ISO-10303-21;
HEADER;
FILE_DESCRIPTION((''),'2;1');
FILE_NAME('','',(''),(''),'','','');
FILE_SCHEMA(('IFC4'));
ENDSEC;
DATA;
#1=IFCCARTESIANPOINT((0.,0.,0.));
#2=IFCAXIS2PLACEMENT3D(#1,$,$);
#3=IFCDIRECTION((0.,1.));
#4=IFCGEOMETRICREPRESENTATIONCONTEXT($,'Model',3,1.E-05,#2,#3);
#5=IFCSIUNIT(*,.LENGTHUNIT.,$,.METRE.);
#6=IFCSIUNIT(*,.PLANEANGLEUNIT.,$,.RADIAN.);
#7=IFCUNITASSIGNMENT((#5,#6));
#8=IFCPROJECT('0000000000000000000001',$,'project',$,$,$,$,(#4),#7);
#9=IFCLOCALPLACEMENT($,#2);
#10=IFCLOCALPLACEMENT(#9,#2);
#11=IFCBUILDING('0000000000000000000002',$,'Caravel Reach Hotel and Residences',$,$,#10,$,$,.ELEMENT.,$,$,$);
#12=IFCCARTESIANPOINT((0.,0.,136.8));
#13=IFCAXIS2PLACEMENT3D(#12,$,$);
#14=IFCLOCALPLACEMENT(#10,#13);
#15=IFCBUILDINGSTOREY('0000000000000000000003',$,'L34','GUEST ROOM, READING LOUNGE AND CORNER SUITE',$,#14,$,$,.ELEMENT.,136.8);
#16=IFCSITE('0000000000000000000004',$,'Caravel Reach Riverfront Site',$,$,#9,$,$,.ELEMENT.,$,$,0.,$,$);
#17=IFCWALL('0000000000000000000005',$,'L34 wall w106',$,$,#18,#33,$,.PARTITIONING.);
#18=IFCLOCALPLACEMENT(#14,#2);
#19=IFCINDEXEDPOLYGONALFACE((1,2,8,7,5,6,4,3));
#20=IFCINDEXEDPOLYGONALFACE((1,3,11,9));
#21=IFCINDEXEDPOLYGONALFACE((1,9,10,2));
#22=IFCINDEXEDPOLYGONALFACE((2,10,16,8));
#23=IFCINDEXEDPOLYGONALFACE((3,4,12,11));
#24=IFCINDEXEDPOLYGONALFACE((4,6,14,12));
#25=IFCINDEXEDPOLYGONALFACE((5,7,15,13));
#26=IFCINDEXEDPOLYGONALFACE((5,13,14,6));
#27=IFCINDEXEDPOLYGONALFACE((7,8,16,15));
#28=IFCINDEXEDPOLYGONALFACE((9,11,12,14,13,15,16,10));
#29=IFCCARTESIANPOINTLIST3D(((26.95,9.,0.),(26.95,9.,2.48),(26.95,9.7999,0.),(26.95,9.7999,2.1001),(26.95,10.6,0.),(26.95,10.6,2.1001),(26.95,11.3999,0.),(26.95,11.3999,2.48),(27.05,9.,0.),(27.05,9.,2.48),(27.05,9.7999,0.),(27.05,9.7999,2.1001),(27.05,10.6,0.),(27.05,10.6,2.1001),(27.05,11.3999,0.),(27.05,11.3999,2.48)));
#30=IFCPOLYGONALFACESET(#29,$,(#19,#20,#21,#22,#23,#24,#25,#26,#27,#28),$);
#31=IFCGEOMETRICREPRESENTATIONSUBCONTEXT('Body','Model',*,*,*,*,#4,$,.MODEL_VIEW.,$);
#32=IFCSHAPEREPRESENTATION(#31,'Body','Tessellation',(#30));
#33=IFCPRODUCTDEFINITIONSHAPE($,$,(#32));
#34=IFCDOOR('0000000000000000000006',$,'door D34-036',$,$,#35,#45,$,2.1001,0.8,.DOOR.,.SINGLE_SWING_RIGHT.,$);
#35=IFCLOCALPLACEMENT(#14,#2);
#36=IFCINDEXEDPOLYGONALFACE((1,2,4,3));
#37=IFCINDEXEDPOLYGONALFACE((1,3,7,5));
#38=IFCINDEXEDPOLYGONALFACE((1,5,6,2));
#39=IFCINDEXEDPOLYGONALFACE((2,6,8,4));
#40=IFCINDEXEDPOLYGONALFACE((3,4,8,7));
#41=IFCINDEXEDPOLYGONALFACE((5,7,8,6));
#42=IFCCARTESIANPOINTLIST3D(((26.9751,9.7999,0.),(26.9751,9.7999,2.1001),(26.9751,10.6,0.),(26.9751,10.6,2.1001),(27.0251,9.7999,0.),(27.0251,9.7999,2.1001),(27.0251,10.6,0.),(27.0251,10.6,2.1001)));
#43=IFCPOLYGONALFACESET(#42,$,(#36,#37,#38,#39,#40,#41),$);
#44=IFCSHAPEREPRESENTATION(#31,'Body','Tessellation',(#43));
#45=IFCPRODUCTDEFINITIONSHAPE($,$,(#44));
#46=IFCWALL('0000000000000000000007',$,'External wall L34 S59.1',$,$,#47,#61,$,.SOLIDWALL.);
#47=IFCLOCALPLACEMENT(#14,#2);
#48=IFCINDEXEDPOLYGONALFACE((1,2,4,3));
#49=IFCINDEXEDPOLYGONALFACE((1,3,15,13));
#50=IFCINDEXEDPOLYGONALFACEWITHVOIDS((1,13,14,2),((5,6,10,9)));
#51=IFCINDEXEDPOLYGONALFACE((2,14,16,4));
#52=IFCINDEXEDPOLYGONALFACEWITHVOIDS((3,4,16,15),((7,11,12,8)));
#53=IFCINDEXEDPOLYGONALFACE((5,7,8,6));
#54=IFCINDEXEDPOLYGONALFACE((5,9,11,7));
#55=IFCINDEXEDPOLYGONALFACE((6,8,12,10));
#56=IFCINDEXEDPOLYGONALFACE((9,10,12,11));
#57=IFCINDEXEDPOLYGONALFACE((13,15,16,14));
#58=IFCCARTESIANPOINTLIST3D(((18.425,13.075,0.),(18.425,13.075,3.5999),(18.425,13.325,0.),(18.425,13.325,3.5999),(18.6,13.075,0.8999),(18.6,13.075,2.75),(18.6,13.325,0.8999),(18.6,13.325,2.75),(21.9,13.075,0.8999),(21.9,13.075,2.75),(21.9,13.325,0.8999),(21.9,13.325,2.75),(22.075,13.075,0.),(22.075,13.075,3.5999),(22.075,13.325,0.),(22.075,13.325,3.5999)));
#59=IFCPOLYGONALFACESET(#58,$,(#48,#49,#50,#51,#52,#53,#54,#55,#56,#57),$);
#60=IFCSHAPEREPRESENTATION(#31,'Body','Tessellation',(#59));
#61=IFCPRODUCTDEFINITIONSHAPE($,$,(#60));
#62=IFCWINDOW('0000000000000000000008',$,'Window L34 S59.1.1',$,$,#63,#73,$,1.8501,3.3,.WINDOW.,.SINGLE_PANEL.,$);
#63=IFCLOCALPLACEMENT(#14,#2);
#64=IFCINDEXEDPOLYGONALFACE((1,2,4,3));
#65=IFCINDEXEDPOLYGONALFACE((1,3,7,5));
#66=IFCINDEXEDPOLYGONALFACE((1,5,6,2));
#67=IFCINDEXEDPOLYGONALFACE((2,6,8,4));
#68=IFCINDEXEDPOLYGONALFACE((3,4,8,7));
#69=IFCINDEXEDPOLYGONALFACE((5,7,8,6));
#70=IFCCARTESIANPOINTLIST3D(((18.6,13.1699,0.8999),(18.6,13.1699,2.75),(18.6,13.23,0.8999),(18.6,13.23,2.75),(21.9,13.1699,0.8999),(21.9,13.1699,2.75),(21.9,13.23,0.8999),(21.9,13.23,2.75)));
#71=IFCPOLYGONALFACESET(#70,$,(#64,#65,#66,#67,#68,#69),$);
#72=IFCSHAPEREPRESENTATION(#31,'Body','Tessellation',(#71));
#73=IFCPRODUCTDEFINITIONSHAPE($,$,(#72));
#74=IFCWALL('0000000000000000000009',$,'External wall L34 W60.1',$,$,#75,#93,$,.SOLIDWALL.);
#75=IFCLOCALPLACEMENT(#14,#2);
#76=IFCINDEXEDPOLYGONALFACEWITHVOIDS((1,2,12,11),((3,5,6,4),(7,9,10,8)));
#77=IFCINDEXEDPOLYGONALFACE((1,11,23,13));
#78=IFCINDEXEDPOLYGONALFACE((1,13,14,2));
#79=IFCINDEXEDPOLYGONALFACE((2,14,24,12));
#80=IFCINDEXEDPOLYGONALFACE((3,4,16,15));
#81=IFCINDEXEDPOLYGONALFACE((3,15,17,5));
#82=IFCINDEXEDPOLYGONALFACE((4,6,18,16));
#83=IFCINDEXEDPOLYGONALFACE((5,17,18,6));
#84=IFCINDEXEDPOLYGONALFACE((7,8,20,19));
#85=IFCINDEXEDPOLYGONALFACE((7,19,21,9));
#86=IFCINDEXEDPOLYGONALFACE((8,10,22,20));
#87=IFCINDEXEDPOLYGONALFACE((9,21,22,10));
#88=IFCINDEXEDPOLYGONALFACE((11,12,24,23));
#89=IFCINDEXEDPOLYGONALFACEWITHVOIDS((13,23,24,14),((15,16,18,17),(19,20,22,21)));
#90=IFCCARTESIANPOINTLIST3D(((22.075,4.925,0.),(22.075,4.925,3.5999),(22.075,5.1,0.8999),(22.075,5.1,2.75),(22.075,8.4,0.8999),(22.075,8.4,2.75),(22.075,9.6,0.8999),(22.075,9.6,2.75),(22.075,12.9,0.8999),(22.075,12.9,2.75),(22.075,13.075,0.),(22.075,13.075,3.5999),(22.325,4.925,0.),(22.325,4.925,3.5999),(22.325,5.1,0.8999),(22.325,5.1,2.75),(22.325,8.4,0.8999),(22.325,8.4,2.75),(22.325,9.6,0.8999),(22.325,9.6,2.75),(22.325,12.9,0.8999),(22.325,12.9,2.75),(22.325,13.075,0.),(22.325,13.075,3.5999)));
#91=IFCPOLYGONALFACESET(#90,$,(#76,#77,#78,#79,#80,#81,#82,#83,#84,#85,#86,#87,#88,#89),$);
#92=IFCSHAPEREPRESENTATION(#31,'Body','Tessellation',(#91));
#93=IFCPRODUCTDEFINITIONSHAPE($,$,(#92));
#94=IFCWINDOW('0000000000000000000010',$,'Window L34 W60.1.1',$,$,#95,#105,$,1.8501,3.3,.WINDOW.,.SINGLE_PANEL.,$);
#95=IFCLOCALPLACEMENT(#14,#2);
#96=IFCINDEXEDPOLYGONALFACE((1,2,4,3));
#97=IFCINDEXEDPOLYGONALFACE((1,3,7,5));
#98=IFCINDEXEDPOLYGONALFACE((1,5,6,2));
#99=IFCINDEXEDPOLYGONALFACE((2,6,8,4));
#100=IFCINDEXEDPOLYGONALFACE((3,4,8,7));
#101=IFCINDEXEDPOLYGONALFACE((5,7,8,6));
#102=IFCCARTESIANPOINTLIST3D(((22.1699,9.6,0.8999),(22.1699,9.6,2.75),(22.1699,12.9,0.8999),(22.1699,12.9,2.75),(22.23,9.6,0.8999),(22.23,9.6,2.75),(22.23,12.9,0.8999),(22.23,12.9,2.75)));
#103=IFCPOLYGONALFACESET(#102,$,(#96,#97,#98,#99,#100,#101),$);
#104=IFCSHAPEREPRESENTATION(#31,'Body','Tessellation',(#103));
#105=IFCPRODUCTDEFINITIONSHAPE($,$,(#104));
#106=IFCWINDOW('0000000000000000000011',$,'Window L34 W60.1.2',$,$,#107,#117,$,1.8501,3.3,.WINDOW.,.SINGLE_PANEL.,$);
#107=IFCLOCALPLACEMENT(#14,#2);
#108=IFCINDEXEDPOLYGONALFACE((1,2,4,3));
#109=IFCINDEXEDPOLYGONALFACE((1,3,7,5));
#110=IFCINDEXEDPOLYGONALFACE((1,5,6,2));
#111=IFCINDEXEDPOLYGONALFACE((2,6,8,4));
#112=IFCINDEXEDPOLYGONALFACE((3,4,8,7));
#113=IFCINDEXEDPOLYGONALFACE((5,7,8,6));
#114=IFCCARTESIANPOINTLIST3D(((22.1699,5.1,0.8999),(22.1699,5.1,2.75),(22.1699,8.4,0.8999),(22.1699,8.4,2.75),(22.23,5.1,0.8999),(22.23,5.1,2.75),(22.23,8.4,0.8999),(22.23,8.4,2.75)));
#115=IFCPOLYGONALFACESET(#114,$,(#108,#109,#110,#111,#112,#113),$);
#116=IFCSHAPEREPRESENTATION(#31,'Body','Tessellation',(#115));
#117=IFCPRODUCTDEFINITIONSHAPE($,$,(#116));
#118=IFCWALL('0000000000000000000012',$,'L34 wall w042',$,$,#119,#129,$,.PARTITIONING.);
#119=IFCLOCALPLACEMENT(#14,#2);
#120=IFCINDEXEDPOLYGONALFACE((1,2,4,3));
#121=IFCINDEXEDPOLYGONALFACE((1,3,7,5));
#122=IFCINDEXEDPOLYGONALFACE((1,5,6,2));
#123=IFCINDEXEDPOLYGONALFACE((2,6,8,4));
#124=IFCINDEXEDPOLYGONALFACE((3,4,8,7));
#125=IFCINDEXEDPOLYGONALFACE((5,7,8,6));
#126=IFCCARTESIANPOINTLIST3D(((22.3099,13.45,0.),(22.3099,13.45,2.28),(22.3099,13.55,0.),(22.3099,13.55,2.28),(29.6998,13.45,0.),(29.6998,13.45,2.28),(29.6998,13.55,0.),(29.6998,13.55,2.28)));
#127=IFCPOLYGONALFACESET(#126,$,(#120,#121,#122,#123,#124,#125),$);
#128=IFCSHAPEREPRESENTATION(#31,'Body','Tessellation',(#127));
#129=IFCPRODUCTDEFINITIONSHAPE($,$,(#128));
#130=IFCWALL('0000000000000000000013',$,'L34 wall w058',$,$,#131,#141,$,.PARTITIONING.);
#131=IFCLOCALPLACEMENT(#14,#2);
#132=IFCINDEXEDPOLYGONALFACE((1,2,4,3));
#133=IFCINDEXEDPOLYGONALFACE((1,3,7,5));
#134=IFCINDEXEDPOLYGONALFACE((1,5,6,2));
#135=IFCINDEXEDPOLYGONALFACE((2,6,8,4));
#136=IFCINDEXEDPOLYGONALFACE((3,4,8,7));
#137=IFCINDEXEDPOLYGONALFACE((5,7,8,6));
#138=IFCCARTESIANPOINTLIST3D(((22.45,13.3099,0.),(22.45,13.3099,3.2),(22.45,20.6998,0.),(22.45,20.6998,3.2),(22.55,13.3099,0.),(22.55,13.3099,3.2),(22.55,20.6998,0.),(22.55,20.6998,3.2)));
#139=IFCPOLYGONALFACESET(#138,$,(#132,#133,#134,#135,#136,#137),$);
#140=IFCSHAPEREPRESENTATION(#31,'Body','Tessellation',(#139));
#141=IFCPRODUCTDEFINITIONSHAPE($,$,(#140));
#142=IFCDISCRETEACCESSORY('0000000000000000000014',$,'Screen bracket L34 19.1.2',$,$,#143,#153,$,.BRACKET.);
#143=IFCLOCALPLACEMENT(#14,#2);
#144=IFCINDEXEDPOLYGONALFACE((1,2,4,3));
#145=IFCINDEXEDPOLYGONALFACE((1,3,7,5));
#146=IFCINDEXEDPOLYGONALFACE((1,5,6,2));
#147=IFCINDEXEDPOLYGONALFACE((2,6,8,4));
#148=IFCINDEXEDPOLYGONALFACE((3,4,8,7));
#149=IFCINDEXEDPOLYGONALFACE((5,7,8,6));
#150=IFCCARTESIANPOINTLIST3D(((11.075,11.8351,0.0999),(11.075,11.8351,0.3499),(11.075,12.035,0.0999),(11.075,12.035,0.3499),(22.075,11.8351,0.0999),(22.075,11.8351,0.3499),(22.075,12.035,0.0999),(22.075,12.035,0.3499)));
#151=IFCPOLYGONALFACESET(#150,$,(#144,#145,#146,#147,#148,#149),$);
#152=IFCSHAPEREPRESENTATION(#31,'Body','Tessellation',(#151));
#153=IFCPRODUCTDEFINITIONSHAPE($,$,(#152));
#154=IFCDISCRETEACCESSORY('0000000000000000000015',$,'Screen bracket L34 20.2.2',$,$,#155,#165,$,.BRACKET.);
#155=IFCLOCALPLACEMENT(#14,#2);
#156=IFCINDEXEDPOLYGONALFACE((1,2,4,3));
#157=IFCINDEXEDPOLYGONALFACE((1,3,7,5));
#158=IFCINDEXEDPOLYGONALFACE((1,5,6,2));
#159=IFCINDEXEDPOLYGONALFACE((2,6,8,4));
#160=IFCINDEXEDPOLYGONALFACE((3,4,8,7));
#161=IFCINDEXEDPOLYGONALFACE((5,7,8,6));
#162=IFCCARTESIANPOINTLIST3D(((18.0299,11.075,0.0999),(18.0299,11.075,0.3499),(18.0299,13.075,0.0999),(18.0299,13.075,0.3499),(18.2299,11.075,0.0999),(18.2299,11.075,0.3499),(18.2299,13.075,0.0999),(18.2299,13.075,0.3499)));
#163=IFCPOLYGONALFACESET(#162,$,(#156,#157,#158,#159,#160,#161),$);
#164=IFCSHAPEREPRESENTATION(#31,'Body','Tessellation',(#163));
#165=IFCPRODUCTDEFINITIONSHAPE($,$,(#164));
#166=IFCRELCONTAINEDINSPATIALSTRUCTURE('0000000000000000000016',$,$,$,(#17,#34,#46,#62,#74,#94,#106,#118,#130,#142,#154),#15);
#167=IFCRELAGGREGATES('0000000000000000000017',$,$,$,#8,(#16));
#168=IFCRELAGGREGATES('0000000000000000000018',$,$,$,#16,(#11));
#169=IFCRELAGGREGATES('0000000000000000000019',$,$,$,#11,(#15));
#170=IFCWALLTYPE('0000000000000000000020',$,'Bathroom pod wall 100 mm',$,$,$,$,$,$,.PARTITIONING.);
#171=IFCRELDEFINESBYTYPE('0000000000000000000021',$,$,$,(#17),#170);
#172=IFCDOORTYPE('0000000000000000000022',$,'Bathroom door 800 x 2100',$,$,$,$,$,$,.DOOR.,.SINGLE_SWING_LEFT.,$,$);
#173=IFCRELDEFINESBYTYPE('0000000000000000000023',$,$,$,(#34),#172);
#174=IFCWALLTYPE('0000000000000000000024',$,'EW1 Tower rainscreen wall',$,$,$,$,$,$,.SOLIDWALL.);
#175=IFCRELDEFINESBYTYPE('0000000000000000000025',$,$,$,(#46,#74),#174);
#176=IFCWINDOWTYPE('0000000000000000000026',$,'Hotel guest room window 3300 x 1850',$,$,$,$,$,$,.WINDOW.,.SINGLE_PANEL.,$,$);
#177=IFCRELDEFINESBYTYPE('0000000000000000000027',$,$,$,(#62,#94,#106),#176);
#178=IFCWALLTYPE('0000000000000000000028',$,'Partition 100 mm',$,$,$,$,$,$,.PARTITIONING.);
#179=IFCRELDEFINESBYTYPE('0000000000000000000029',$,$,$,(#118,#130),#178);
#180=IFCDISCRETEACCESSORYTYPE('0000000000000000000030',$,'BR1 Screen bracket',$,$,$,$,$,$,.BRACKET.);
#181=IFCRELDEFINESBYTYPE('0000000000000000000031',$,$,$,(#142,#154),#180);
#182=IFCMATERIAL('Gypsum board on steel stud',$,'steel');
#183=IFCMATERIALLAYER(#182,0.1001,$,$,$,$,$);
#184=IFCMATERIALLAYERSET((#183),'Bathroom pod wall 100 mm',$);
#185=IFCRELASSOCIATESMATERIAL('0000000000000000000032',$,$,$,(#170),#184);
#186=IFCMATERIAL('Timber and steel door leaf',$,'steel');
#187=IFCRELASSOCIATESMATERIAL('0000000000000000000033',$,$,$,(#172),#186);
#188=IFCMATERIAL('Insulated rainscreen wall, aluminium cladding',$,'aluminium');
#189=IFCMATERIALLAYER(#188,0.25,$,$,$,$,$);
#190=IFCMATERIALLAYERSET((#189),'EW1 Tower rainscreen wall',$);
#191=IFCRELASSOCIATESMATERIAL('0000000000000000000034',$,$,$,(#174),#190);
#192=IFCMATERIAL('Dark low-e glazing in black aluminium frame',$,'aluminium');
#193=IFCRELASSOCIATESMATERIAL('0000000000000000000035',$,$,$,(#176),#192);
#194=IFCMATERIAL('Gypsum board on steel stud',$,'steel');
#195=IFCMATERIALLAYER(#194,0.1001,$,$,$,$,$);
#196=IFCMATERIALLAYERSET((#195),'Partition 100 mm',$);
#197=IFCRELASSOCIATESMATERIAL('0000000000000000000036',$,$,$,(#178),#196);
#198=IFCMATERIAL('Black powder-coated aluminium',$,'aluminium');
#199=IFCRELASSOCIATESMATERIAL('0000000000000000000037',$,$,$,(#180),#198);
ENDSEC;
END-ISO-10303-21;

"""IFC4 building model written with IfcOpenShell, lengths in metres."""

from ifc_helpers import new_model, si_unit, direction, frame, frame_2d, origin, origin_2d, place, context, subcontext, project, spatial, rectangle, extrude, material, layer, layer_set, type_object, element, fill, save


model = new_model("IFC4")

# Units and contexts
model_context = context("Model", 3, precision=1e-05, world=origin(), true_north=direction((0.0, 1.0)))
body_context = subcontext(model_context, "Body", "Model", "MODEL_VIEW")
ifc_project = project(units=[si_unit("LENGTHUNIT", "METRE"), si_unit("PLANEANGLEUNIT", "RADIAN")], contexts=[model_context])

# Site, building, storey
site_placement = place(None, origin())
site = spatial("IfcSite", under=ifc_project, at=site_placement, Name="Caravel Reach Riverfront Site", CompositionType="ELEMENT", RefElevation=0.0)
building_placement = place(site_placement, origin())
building = spatial("IfcBuilding", under=site, at=building_placement, Name="Caravel Reach Hotel and Residences", CompositionType="ELEMENT")
storey_placement = place(building_placement, frame((0.0, 0.0, 136.8)))
storey = spatial("IfcBuildingStorey", under=building, at=storey_placement, Name="L34", Description="GUEST ROOM, READING LOUNGE AND CORNER SUITE", CompositionType="ELEMENT", Elevation=136.8)

# Shared definitions
ifc_material_1 = material(Name="Gypsum board on steel stud", Category="steel")
ifc_layer_1 = layer(ifc_material_1, 0.1001)
ifc_layer_set_1 = layer_set([ifc_layer_1], Name="Bathroom pod wall 100 mm")
wall_type_1 = type_object("IfcWallType", Name="Bathroom pod wall 100 mm", PredefinedType="PARTITIONING", material=ifc_layer_set_1)

# Wall, opening, door
wall_1_placement = place(storey_placement, frame((27.0, 9.0, 0.0), z_axis=(0.0, 0.0, 1.0), x_axis=(0.0, 1.0, 0.0)))
wall_1 = element("IfcWall", 1, at=wall_1_placement, inside=storey, type_object=wall_type_1, Name="L34 wall w106", PredefinedType="PARTITIONING", context=body_context, shape_type="SweptSolid", body=[
    extrude(rectangle(XDim=2.3999, YDim=0.1001, at=frame_2d((1.2, 0.0))), origin(), (0.0, 0.0, 1.0), 2.48),
])
opening_1_placement = place(wall_1_placement, frame((0.8, 0.0, 0.0)))
opening_1 = element("IfcOpeningElement", 2, at=opening_1_placement, cuts=wall_1, PredefinedType="OPENING", context=body_context, shape_type="SweptSolid", body=[
    extrude(rectangle(XDim=0.8, YDim=2.1001, at=frame_2d((0.3999, 1.05))), frame((0.0, 0.0601, 0.0), z_axis=(0.0, -1.0, 0.0), x_axis=(1.0, 0.0, 0.0)), (0.0, 0.0, 1.0), 0.1201),
])
ifc_material_2 = material(Name="Timber and steel door leaf", Category="steel")
door_type = type_object("IfcDoorType", Name="Bathroom door 800 x 2100", OperationType="SINGLE_SWING_LEFT", PredefinedType="DOOR", material=ifc_material_2)
door_placement = place(opening_1_placement, origin())
door = element("IfcDoor", 3, at=door_placement, inside=storey, type_object=door_type, Name="door D34-036", OperationType="SINGLE_SWING_RIGHT", OverallHeight=2.1001, OverallWidth=0.8, PredefinedType="DOOR", context=body_context, shape_type="SweptSolid", body=[
    extrude(rectangle(XDim=0.8, YDim=2.1001, at=frame_2d((0.3999, 1.05))), frame((0.0, 0.0249, 0.0), z_axis=(0.0, -1.0, 0.0), x_axis=(1.0, 0.0, 0.0)), (0.0, 0.0, 1.0), 0.05),
])
fill(opening_1, door)

# Wall, opening, window
ifc_material_3 = material(Name="Insulated rainscreen wall, aluminium cladding", Category="aluminium")
ifc_layer_2 = layer(ifc_material_3, 0.25)
ifc_layer_set_2 = layer_set([ifc_layer_2], Name="EW1 Tower rainscreen wall")
wall_type_2 = type_object("IfcWallType", Name="EW1 Tower rainscreen wall", PredefinedType="SOLIDWALL", material=ifc_layer_set_2)
wall_2_placement = place(storey_placement, frame((18.425, 13.2, 0.0), z_axis=(0.0, 0.0, 1.0), x_axis=(1.0, 0.0, 0.0)))
wall_2 = element("IfcWall", 4, at=wall_2_placement, inside=storey, type_object=wall_type_2, Name="External wall L34 S59.1", PredefinedType="SOLIDWALL", context=body_context, shape_type="SweptSolid", body=[
    extrude(rectangle(XDim=3.6499, YDim=0.25, at=frame_2d((1.825, 0.0))), origin(), (0.0, 0.0, 1.0), 3.5999),
])
opening_2_placement = place(wall_2_placement, frame((0.175, 0.0, 0.8999)))
opening_2 = element("IfcOpeningElement", 5, at=opening_2_placement, cuts=wall_2, PredefinedType="OPENING", context=body_context, shape_type="SweptSolid", body=[
    extrude(rectangle(XDim=3.3, YDim=1.8501, at=frame_2d((1.6499, 0.925))), frame((0.0, 0.135, 0.0), z_axis=(0.0, -1.0, 0.0), x_axis=(1.0, 0.0, 0.0)), (0.0, 0.0, 1.0), 0.27),
])
ifc_material_4 = material(Name="Dark low-e glazing in black aluminium frame", Category="aluminium")
window_type = type_object("IfcWindowType", Name="Hotel guest room window 3300 x 1850", PartitioningType="SINGLE_PANEL", PredefinedType="WINDOW", material=ifc_material_4)
window_1_placement = place(opening_2_placement, origin())
window_1 = element("IfcWindow", 6, at=window_1_placement, inside=storey, type_object=window_type, Name="Window L34 S59.1.1", OverallHeight=1.8501, OverallWidth=3.3, PartitioningType="SINGLE_PANEL", PredefinedType="WINDOW", context=body_context, shape_type="SweptSolid", body=[
    extrude(rectangle(XDim=3.3, YDim=1.8501, at=frame_2d((1.6499, 0.925))), frame((0.0, 0.03, 0.0), z_axis=(0.0, -1.0, 0.0), x_axis=(1.0, 0.0, 0.0)), (0.0, 0.0, 1.0), 0.0601),
])
fill(opening_2, window_1)

# Wall, openings, windows
wall_3_placement = place(storey_placement, frame((22.2, 13.075, 0.0), z_axis=(0.0, 0.0, 1.0), x_axis=(0.0, -1.0, 0.0)))
wall_3 = element("IfcWall", 7, at=wall_3_placement, inside=storey, type_object=wall_type_2, Name="External wall L34 W60.1", PredefinedType="SOLIDWALL", context=body_context, shape_type="SweptSolid", body=[
    extrude(rectangle(XDim=8.1499, YDim=0.25, at=frame_2d((4.075, 0.0))), origin(), (0.0, 0.0, 1.0), 3.5999),
])
opening_3_placement = place(wall_3_placement, frame((0.175, 0.0, 0.8999)))
opening_3 = element("IfcOpeningElement", 8, at=opening_3_placement, cuts=wall_3, PredefinedType="OPENING", context=body_context, shape_type="SweptSolid", body=[
    extrude(rectangle(XDim=3.3, YDim=1.8501, at=frame_2d((1.6499, 0.925))), frame((0.0, 0.135, 0.0), z_axis=(0.0, -1.0, 0.0), x_axis=(1.0, 0.0, 0.0)), (0.0, 0.0, 1.0), 0.27),
])
opening_4_placement = place(wall_3_placement, frame((4.675, 0.0, 0.8999)))
opening_4 = element("IfcOpeningElement", 9, at=opening_4_placement, cuts=wall_3, PredefinedType="OPENING", context=body_context, shape_type="SweptSolid", body=[
    extrude(rectangle(XDim=3.3, YDim=1.8501, at=frame_2d((1.6499, 0.925))), frame((0.0, 0.135, 0.0), z_axis=(0.0, -1.0, 0.0), x_axis=(1.0, 0.0, 0.0)), (0.0, 0.0, 1.0), 0.27),
])
window_2_placement = place(opening_3_placement, origin())
window_2 = element("IfcWindow", 10, at=window_2_placement, inside=storey, type_object=window_type, Name="Window L34 W60.1.1", OverallHeight=1.8501, OverallWidth=3.3, PartitioningType="SINGLE_PANEL", PredefinedType="WINDOW", context=body_context, shape_type="SweptSolid", body=[
    extrude(rectangle(XDim=3.3, YDim=1.8501, at=frame_2d((1.6499, 0.925))), frame((0.0, 0.03, 0.0), z_axis=(0.0, -1.0, 0.0), x_axis=(1.0, 0.0, 0.0)), (0.0, 0.0, 1.0), 0.0601),
])
fill(opening_3, window_2)
window_3_placement = place(opening_4_placement, origin())
window_3 = element("IfcWindow", 11, at=window_3_placement, inside=storey, type_object=window_type, Name="Window L34 W60.1.2", OverallHeight=1.8501, OverallWidth=3.3, PartitioningType="SINGLE_PANEL", PredefinedType="WINDOW", context=body_context, shape_type="SweptSolid", body=[
    extrude(rectangle(XDim=3.3, YDim=1.8501, at=frame_2d((1.6499, 0.925))), frame((0.0, 0.03, 0.0), z_axis=(0.0, -1.0, 0.0), x_axis=(1.0, 0.0, 0.0)), (0.0, 0.0, 1.0), 0.0601),
])
fill(opening_4, window_3)

# Walls
ifc_material_5 = material(Name="Gypsum board on steel stud", Category="steel")
ifc_layer_3 = layer(ifc_material_5, 0.1001)
ifc_layer_set_3 = layer_set([ifc_layer_3], Name="Partition 100 mm")
wall_type_3 = type_object("IfcWallType", Name="Partition 100 mm", PredefinedType="PARTITIONING", material=ifc_layer_set_3)
wall_4_placement = place(storey_placement, frame((22.3101, 13.5, 0.0), z_axis=(0.0, 0.0, 1.0), x_axis=(1.0, 0.0, 0.0)))
element("IfcWall", 12, at=wall_4_placement, inside=storey, type_object=wall_type_3, Name="L34 wall w042", PredefinedType="PARTITIONING", context=body_context, shape_type="SweptSolid", body=[
    extrude(rectangle(XDim=7.3899, YDim=0.1001, at=frame_2d((3.6948, 0.0))), origin(), (0.0, 0.0, 1.0), 2.28),
])
wall_5_placement = place(storey_placement, frame((22.5, 13.3101, 0.0), z_axis=(0.0, 0.0, 1.0), x_axis=(0.0, 1.0, 0.0)))
element("IfcWall", 13, at=wall_5_placement, inside=storey, type_object=wall_type_3, Name="L34 wall w058", PredefinedType="PARTITIONING", context=body_context, shape_type="SweptSolid", body=[
    extrude(rectangle(XDim=7.3899, YDim=0.1001, at=frame_2d((3.6948, 0.0))), origin(), (0.0, 0.0, 1.0), 3.2),
])

# Discrete accessories
ifc_material_6 = material(Name="Black powder-coated aluminium", Category="aluminium")
discrete_accessory_type = type_object("IfcDiscreteAccessoryType", Name="BR1 Screen bracket", PredefinedType="BRACKET", material=ifc_material_6)
discrete_accessory_1_placement = place(storey_placement, frame((16.575, 11.9351, 0.0999), z_axis=(0.0, 0.0, 1.0), x_axis=(-1.0, 0.0, 0.0)))
element("IfcDiscreteAccessory", 14, at=discrete_accessory_1_placement, inside=storey, type_object=discrete_accessory_type, Name="Screen bracket L34 19.1.2", PredefinedType="BRACKET", context=body_context, shape_type="SweptSolid", body=[
    extrude(rectangle(XDim=11.0, YDim=0.2, at=origin_2d()), origin(), (0.0, 0.0, 1.0), 0.25),
])
discrete_accessory_2_placement = place(storey_placement, frame((18.1299, 12.075, 0.0999), z_axis=(0.0, 0.0, 1.0), x_axis=(0.0, -1.0, 0.0)))
element("IfcDiscreteAccessory", 15, at=discrete_accessory_2_placement, inside=storey, type_object=discrete_accessory_type, Name="Screen bracket L34 20.2.2", PredefinedType="BRACKET", context=body_context, shape_type="SweptSolid", body=[
    extrude(rectangle(XDim=2.0, YDim=0.2, at=origin_2d()), origin(), (0.0, 0.0, 1.0), 0.25),
])

save(model, "model.ifc")
